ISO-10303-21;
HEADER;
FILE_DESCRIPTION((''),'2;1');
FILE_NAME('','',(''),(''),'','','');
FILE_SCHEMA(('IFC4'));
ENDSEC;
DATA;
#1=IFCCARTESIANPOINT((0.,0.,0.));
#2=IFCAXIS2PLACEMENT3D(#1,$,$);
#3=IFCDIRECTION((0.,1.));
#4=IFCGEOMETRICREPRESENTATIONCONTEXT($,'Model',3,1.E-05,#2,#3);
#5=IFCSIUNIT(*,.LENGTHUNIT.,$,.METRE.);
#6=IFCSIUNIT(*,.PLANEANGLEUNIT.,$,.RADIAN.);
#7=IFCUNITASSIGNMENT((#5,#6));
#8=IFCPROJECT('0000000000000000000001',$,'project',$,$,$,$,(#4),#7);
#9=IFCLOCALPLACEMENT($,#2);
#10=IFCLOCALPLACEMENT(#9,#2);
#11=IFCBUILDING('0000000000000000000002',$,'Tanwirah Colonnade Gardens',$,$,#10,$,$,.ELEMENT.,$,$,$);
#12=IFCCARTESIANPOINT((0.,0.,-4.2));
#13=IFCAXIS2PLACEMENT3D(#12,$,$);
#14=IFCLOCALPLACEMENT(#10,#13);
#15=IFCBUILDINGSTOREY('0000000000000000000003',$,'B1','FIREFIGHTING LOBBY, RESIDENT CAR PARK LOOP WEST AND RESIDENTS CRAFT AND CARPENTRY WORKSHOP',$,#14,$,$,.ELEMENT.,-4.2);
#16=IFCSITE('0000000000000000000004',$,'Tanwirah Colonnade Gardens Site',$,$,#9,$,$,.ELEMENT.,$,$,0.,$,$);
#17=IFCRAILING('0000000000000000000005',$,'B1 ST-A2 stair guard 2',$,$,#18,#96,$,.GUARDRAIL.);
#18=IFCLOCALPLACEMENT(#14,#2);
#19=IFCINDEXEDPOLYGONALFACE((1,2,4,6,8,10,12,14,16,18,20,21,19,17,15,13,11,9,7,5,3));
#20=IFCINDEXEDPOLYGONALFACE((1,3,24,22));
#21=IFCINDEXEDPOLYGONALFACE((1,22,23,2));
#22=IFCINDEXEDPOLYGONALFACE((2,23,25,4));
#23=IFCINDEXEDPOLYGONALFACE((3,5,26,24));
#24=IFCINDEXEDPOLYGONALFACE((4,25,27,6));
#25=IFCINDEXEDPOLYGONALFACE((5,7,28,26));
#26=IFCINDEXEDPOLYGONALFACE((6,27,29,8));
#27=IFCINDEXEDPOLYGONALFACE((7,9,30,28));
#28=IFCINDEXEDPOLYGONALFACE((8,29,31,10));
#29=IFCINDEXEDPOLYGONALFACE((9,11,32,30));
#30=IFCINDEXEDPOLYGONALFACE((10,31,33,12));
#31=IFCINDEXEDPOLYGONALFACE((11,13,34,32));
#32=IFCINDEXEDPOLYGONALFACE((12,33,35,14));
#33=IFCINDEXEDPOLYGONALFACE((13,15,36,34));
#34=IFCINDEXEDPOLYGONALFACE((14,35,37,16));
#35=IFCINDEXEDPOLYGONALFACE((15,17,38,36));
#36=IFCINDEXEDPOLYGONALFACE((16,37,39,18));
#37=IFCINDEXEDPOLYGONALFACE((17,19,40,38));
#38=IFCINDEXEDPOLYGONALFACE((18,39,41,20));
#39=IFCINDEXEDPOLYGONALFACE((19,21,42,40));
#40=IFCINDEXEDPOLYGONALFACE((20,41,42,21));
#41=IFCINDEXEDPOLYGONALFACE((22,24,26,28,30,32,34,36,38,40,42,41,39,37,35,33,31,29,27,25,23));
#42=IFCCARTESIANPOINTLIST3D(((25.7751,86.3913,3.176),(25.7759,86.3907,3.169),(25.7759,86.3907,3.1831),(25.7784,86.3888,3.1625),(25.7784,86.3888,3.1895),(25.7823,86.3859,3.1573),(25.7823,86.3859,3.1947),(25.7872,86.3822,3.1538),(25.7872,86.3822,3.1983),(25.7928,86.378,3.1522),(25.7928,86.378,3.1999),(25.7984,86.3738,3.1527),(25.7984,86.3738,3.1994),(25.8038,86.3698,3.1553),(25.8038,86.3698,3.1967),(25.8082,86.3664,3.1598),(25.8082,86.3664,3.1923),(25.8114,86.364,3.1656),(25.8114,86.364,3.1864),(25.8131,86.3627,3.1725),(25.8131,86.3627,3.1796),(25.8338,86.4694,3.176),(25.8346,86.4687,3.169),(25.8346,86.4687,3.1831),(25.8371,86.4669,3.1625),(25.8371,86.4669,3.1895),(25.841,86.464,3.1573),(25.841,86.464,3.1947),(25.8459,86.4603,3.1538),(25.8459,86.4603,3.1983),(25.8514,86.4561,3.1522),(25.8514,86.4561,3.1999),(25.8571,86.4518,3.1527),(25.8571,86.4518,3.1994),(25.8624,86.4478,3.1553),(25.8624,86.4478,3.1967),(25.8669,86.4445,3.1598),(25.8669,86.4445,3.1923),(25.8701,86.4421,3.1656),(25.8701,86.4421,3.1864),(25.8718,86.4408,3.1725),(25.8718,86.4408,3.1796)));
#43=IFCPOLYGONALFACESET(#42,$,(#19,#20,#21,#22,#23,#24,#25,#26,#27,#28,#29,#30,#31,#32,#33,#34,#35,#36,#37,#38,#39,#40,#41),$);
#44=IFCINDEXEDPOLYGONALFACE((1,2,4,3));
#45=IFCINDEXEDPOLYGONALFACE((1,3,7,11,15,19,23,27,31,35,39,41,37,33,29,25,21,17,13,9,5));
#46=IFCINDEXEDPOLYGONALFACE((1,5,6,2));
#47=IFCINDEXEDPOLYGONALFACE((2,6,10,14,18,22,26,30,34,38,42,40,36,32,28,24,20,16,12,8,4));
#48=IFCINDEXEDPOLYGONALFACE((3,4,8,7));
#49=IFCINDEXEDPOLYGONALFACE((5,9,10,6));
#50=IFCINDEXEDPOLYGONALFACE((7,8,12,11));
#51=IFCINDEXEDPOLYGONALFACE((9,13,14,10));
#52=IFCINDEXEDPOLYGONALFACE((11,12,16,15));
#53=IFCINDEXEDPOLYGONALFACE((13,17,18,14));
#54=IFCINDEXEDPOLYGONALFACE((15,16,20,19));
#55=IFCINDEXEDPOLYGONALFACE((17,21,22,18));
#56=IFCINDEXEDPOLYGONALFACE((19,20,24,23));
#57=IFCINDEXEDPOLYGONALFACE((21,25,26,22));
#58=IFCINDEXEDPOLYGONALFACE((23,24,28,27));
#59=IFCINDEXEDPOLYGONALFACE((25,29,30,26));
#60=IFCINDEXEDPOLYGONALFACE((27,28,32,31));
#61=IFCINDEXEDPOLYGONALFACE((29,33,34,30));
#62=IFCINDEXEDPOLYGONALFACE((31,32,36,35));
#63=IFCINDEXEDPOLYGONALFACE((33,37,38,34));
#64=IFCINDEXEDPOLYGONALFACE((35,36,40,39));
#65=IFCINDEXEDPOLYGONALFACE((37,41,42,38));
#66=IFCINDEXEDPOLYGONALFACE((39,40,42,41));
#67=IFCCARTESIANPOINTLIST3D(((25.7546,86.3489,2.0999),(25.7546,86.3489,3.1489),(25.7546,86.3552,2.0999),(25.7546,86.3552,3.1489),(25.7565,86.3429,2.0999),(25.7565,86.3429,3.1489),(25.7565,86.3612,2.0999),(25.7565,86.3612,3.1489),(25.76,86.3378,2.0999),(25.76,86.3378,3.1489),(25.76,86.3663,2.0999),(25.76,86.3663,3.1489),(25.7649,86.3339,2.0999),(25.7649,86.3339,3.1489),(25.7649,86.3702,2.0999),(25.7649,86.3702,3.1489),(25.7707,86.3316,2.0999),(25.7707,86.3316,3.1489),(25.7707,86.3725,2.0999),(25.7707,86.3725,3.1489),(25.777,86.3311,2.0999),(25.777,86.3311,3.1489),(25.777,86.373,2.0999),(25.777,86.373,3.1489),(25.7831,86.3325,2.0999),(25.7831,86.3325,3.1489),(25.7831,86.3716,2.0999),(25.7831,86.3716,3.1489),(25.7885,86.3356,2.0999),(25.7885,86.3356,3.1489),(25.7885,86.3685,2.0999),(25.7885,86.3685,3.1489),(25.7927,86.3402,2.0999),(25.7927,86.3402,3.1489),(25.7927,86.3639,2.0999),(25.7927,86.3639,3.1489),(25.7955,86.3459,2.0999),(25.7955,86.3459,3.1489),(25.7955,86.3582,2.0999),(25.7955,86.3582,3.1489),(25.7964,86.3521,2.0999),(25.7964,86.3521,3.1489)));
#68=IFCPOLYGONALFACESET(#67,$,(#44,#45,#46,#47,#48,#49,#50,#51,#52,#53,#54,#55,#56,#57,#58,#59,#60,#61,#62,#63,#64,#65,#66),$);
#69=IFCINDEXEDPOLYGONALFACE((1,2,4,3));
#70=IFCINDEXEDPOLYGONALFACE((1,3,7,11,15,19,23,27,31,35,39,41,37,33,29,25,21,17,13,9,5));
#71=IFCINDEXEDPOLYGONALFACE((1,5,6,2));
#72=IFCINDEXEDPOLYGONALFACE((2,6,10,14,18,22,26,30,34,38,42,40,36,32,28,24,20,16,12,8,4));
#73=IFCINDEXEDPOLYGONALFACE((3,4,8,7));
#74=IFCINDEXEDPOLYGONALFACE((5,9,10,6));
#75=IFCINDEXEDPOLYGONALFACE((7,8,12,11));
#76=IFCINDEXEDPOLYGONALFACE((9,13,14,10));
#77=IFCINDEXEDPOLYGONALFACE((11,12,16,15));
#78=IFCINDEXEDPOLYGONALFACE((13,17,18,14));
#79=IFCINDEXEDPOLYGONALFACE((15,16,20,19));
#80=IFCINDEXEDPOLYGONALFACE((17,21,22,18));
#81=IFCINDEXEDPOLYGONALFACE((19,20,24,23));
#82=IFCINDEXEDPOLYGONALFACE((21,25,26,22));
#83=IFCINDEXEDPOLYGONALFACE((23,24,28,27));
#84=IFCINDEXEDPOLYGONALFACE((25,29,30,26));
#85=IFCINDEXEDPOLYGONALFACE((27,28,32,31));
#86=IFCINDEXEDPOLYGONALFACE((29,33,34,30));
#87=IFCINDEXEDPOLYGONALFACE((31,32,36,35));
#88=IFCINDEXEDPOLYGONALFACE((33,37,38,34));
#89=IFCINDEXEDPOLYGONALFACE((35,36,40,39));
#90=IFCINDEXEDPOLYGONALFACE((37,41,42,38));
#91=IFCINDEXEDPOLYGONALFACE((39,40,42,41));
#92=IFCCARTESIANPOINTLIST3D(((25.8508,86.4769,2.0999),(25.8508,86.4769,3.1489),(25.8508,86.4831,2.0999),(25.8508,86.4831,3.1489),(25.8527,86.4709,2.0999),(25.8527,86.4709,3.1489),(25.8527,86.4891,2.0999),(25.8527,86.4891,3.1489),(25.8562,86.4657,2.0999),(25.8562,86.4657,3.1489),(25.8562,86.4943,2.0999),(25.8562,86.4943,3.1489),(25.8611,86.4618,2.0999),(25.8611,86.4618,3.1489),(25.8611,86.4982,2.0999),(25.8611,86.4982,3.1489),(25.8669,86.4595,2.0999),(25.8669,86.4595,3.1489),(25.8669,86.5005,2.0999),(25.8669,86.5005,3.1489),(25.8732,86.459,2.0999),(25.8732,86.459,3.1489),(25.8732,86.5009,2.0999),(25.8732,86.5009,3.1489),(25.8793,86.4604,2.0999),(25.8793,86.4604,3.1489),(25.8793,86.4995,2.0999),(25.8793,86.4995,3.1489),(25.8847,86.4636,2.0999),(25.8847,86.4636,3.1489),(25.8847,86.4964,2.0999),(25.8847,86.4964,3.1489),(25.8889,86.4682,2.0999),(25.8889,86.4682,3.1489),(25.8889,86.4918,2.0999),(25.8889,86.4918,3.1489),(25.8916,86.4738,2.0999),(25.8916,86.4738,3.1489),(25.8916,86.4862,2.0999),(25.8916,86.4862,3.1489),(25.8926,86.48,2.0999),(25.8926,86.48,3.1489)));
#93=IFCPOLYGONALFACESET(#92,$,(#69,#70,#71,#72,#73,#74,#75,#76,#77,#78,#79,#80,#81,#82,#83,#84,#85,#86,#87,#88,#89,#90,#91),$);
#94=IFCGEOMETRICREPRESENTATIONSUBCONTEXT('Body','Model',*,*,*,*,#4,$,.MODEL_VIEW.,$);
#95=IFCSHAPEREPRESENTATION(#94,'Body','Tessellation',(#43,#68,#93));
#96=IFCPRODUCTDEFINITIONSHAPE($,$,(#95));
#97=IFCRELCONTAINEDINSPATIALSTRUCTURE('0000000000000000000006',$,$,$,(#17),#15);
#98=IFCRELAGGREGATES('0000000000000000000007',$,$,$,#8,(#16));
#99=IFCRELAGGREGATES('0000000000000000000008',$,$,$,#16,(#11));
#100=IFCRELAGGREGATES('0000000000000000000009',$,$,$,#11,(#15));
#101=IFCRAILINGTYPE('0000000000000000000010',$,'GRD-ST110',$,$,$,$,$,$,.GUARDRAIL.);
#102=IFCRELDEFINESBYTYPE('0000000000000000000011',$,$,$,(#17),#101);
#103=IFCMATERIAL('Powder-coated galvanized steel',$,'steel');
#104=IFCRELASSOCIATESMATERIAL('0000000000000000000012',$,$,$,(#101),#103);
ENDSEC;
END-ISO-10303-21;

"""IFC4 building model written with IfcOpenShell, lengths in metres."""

from ifc_helpers import new_model, si_unit, direction, frame, origin, origin_2d, place, context, subcontext, project, spatial, circle, extrude, material, type_object, element, save


model = new_model("IFC4")

# Units and contexts
model_context = context("Model", 3, precision=1e-05, world=origin(), true_north=direction((0.0, 1.0)))
body_context = subcontext(model_context, "Body", "Model", "MODEL_VIEW")
ifc_project = project(units=[si_unit("LENGTHUNIT", "METRE"), si_unit("PLANEANGLEUNIT", "RADIAN")], contexts=[model_context])

# Site, building, storey
site_placement = place(None, origin())
site = spatial("IfcSite", under=ifc_project, at=site_placement, Name="Tanwirah Colonnade Gardens Site", CompositionType="ELEMENT", RefElevation=0.0)
building_placement = place(site_placement, origin())
building = spatial("IfcBuilding", under=site, at=building_placement, Name="Tanwirah Colonnade Gardens", CompositionType="ELEMENT")
storey_placement = place(building_placement, frame((0.0, 0.0, -4.2)))
storey = spatial("IfcBuildingStorey", under=building, at=storey_placement, Name="B1", Description="FIREFIGHTING LOBBY, RESIDENT CAR PARK LOOP WEST AND RESIDENTS CRAFT AND CARPENTRY WORKSHOP", CompositionType="ELEMENT", Elevation=-4.2)

# Railing
ifc_material_1 = material(Name="Powder-coated galvanized steel", Category="steel")
railing_type_1 = type_object("IfcRailingType", Name="GRD-ST110", PredefinedType="GUARDRAIL", material=ifc_material_1)
railing_1_placement = place(storey_placement, frame((25.7754, 86.3521, 2.0999)))
element("IfcRailing", 1, at=railing_1_placement, inside=storey, type_object=railing_type_1, Name="B1 ST-A2 stair guard 2", PredefinedType="GUARDRAIL", context=body_context, shape_type="SweptSolid", body=[
    extrude(circle(Radius=0.0239, at=origin_2d()), frame((0.0188, 0.0249, 1.0762), z_axis=(0.600976, 0.799267, 0.0), x_axis=(-0.799267, 0.600976, 0.0)), (0.0, 0.0, 1.0), 0.0977),
    extrude(circle(Radius=0.021, at=origin_2d()), origin(), (0.0, 0.0, 1.0), 1.0491),
    extrude(circle(Radius=0.021, at=origin_2d()), frame((0.0962, 0.1279, 0.0)), (0.0, 0.0, 1.0), 1.0491),
])

save(model, "model.ifc")
